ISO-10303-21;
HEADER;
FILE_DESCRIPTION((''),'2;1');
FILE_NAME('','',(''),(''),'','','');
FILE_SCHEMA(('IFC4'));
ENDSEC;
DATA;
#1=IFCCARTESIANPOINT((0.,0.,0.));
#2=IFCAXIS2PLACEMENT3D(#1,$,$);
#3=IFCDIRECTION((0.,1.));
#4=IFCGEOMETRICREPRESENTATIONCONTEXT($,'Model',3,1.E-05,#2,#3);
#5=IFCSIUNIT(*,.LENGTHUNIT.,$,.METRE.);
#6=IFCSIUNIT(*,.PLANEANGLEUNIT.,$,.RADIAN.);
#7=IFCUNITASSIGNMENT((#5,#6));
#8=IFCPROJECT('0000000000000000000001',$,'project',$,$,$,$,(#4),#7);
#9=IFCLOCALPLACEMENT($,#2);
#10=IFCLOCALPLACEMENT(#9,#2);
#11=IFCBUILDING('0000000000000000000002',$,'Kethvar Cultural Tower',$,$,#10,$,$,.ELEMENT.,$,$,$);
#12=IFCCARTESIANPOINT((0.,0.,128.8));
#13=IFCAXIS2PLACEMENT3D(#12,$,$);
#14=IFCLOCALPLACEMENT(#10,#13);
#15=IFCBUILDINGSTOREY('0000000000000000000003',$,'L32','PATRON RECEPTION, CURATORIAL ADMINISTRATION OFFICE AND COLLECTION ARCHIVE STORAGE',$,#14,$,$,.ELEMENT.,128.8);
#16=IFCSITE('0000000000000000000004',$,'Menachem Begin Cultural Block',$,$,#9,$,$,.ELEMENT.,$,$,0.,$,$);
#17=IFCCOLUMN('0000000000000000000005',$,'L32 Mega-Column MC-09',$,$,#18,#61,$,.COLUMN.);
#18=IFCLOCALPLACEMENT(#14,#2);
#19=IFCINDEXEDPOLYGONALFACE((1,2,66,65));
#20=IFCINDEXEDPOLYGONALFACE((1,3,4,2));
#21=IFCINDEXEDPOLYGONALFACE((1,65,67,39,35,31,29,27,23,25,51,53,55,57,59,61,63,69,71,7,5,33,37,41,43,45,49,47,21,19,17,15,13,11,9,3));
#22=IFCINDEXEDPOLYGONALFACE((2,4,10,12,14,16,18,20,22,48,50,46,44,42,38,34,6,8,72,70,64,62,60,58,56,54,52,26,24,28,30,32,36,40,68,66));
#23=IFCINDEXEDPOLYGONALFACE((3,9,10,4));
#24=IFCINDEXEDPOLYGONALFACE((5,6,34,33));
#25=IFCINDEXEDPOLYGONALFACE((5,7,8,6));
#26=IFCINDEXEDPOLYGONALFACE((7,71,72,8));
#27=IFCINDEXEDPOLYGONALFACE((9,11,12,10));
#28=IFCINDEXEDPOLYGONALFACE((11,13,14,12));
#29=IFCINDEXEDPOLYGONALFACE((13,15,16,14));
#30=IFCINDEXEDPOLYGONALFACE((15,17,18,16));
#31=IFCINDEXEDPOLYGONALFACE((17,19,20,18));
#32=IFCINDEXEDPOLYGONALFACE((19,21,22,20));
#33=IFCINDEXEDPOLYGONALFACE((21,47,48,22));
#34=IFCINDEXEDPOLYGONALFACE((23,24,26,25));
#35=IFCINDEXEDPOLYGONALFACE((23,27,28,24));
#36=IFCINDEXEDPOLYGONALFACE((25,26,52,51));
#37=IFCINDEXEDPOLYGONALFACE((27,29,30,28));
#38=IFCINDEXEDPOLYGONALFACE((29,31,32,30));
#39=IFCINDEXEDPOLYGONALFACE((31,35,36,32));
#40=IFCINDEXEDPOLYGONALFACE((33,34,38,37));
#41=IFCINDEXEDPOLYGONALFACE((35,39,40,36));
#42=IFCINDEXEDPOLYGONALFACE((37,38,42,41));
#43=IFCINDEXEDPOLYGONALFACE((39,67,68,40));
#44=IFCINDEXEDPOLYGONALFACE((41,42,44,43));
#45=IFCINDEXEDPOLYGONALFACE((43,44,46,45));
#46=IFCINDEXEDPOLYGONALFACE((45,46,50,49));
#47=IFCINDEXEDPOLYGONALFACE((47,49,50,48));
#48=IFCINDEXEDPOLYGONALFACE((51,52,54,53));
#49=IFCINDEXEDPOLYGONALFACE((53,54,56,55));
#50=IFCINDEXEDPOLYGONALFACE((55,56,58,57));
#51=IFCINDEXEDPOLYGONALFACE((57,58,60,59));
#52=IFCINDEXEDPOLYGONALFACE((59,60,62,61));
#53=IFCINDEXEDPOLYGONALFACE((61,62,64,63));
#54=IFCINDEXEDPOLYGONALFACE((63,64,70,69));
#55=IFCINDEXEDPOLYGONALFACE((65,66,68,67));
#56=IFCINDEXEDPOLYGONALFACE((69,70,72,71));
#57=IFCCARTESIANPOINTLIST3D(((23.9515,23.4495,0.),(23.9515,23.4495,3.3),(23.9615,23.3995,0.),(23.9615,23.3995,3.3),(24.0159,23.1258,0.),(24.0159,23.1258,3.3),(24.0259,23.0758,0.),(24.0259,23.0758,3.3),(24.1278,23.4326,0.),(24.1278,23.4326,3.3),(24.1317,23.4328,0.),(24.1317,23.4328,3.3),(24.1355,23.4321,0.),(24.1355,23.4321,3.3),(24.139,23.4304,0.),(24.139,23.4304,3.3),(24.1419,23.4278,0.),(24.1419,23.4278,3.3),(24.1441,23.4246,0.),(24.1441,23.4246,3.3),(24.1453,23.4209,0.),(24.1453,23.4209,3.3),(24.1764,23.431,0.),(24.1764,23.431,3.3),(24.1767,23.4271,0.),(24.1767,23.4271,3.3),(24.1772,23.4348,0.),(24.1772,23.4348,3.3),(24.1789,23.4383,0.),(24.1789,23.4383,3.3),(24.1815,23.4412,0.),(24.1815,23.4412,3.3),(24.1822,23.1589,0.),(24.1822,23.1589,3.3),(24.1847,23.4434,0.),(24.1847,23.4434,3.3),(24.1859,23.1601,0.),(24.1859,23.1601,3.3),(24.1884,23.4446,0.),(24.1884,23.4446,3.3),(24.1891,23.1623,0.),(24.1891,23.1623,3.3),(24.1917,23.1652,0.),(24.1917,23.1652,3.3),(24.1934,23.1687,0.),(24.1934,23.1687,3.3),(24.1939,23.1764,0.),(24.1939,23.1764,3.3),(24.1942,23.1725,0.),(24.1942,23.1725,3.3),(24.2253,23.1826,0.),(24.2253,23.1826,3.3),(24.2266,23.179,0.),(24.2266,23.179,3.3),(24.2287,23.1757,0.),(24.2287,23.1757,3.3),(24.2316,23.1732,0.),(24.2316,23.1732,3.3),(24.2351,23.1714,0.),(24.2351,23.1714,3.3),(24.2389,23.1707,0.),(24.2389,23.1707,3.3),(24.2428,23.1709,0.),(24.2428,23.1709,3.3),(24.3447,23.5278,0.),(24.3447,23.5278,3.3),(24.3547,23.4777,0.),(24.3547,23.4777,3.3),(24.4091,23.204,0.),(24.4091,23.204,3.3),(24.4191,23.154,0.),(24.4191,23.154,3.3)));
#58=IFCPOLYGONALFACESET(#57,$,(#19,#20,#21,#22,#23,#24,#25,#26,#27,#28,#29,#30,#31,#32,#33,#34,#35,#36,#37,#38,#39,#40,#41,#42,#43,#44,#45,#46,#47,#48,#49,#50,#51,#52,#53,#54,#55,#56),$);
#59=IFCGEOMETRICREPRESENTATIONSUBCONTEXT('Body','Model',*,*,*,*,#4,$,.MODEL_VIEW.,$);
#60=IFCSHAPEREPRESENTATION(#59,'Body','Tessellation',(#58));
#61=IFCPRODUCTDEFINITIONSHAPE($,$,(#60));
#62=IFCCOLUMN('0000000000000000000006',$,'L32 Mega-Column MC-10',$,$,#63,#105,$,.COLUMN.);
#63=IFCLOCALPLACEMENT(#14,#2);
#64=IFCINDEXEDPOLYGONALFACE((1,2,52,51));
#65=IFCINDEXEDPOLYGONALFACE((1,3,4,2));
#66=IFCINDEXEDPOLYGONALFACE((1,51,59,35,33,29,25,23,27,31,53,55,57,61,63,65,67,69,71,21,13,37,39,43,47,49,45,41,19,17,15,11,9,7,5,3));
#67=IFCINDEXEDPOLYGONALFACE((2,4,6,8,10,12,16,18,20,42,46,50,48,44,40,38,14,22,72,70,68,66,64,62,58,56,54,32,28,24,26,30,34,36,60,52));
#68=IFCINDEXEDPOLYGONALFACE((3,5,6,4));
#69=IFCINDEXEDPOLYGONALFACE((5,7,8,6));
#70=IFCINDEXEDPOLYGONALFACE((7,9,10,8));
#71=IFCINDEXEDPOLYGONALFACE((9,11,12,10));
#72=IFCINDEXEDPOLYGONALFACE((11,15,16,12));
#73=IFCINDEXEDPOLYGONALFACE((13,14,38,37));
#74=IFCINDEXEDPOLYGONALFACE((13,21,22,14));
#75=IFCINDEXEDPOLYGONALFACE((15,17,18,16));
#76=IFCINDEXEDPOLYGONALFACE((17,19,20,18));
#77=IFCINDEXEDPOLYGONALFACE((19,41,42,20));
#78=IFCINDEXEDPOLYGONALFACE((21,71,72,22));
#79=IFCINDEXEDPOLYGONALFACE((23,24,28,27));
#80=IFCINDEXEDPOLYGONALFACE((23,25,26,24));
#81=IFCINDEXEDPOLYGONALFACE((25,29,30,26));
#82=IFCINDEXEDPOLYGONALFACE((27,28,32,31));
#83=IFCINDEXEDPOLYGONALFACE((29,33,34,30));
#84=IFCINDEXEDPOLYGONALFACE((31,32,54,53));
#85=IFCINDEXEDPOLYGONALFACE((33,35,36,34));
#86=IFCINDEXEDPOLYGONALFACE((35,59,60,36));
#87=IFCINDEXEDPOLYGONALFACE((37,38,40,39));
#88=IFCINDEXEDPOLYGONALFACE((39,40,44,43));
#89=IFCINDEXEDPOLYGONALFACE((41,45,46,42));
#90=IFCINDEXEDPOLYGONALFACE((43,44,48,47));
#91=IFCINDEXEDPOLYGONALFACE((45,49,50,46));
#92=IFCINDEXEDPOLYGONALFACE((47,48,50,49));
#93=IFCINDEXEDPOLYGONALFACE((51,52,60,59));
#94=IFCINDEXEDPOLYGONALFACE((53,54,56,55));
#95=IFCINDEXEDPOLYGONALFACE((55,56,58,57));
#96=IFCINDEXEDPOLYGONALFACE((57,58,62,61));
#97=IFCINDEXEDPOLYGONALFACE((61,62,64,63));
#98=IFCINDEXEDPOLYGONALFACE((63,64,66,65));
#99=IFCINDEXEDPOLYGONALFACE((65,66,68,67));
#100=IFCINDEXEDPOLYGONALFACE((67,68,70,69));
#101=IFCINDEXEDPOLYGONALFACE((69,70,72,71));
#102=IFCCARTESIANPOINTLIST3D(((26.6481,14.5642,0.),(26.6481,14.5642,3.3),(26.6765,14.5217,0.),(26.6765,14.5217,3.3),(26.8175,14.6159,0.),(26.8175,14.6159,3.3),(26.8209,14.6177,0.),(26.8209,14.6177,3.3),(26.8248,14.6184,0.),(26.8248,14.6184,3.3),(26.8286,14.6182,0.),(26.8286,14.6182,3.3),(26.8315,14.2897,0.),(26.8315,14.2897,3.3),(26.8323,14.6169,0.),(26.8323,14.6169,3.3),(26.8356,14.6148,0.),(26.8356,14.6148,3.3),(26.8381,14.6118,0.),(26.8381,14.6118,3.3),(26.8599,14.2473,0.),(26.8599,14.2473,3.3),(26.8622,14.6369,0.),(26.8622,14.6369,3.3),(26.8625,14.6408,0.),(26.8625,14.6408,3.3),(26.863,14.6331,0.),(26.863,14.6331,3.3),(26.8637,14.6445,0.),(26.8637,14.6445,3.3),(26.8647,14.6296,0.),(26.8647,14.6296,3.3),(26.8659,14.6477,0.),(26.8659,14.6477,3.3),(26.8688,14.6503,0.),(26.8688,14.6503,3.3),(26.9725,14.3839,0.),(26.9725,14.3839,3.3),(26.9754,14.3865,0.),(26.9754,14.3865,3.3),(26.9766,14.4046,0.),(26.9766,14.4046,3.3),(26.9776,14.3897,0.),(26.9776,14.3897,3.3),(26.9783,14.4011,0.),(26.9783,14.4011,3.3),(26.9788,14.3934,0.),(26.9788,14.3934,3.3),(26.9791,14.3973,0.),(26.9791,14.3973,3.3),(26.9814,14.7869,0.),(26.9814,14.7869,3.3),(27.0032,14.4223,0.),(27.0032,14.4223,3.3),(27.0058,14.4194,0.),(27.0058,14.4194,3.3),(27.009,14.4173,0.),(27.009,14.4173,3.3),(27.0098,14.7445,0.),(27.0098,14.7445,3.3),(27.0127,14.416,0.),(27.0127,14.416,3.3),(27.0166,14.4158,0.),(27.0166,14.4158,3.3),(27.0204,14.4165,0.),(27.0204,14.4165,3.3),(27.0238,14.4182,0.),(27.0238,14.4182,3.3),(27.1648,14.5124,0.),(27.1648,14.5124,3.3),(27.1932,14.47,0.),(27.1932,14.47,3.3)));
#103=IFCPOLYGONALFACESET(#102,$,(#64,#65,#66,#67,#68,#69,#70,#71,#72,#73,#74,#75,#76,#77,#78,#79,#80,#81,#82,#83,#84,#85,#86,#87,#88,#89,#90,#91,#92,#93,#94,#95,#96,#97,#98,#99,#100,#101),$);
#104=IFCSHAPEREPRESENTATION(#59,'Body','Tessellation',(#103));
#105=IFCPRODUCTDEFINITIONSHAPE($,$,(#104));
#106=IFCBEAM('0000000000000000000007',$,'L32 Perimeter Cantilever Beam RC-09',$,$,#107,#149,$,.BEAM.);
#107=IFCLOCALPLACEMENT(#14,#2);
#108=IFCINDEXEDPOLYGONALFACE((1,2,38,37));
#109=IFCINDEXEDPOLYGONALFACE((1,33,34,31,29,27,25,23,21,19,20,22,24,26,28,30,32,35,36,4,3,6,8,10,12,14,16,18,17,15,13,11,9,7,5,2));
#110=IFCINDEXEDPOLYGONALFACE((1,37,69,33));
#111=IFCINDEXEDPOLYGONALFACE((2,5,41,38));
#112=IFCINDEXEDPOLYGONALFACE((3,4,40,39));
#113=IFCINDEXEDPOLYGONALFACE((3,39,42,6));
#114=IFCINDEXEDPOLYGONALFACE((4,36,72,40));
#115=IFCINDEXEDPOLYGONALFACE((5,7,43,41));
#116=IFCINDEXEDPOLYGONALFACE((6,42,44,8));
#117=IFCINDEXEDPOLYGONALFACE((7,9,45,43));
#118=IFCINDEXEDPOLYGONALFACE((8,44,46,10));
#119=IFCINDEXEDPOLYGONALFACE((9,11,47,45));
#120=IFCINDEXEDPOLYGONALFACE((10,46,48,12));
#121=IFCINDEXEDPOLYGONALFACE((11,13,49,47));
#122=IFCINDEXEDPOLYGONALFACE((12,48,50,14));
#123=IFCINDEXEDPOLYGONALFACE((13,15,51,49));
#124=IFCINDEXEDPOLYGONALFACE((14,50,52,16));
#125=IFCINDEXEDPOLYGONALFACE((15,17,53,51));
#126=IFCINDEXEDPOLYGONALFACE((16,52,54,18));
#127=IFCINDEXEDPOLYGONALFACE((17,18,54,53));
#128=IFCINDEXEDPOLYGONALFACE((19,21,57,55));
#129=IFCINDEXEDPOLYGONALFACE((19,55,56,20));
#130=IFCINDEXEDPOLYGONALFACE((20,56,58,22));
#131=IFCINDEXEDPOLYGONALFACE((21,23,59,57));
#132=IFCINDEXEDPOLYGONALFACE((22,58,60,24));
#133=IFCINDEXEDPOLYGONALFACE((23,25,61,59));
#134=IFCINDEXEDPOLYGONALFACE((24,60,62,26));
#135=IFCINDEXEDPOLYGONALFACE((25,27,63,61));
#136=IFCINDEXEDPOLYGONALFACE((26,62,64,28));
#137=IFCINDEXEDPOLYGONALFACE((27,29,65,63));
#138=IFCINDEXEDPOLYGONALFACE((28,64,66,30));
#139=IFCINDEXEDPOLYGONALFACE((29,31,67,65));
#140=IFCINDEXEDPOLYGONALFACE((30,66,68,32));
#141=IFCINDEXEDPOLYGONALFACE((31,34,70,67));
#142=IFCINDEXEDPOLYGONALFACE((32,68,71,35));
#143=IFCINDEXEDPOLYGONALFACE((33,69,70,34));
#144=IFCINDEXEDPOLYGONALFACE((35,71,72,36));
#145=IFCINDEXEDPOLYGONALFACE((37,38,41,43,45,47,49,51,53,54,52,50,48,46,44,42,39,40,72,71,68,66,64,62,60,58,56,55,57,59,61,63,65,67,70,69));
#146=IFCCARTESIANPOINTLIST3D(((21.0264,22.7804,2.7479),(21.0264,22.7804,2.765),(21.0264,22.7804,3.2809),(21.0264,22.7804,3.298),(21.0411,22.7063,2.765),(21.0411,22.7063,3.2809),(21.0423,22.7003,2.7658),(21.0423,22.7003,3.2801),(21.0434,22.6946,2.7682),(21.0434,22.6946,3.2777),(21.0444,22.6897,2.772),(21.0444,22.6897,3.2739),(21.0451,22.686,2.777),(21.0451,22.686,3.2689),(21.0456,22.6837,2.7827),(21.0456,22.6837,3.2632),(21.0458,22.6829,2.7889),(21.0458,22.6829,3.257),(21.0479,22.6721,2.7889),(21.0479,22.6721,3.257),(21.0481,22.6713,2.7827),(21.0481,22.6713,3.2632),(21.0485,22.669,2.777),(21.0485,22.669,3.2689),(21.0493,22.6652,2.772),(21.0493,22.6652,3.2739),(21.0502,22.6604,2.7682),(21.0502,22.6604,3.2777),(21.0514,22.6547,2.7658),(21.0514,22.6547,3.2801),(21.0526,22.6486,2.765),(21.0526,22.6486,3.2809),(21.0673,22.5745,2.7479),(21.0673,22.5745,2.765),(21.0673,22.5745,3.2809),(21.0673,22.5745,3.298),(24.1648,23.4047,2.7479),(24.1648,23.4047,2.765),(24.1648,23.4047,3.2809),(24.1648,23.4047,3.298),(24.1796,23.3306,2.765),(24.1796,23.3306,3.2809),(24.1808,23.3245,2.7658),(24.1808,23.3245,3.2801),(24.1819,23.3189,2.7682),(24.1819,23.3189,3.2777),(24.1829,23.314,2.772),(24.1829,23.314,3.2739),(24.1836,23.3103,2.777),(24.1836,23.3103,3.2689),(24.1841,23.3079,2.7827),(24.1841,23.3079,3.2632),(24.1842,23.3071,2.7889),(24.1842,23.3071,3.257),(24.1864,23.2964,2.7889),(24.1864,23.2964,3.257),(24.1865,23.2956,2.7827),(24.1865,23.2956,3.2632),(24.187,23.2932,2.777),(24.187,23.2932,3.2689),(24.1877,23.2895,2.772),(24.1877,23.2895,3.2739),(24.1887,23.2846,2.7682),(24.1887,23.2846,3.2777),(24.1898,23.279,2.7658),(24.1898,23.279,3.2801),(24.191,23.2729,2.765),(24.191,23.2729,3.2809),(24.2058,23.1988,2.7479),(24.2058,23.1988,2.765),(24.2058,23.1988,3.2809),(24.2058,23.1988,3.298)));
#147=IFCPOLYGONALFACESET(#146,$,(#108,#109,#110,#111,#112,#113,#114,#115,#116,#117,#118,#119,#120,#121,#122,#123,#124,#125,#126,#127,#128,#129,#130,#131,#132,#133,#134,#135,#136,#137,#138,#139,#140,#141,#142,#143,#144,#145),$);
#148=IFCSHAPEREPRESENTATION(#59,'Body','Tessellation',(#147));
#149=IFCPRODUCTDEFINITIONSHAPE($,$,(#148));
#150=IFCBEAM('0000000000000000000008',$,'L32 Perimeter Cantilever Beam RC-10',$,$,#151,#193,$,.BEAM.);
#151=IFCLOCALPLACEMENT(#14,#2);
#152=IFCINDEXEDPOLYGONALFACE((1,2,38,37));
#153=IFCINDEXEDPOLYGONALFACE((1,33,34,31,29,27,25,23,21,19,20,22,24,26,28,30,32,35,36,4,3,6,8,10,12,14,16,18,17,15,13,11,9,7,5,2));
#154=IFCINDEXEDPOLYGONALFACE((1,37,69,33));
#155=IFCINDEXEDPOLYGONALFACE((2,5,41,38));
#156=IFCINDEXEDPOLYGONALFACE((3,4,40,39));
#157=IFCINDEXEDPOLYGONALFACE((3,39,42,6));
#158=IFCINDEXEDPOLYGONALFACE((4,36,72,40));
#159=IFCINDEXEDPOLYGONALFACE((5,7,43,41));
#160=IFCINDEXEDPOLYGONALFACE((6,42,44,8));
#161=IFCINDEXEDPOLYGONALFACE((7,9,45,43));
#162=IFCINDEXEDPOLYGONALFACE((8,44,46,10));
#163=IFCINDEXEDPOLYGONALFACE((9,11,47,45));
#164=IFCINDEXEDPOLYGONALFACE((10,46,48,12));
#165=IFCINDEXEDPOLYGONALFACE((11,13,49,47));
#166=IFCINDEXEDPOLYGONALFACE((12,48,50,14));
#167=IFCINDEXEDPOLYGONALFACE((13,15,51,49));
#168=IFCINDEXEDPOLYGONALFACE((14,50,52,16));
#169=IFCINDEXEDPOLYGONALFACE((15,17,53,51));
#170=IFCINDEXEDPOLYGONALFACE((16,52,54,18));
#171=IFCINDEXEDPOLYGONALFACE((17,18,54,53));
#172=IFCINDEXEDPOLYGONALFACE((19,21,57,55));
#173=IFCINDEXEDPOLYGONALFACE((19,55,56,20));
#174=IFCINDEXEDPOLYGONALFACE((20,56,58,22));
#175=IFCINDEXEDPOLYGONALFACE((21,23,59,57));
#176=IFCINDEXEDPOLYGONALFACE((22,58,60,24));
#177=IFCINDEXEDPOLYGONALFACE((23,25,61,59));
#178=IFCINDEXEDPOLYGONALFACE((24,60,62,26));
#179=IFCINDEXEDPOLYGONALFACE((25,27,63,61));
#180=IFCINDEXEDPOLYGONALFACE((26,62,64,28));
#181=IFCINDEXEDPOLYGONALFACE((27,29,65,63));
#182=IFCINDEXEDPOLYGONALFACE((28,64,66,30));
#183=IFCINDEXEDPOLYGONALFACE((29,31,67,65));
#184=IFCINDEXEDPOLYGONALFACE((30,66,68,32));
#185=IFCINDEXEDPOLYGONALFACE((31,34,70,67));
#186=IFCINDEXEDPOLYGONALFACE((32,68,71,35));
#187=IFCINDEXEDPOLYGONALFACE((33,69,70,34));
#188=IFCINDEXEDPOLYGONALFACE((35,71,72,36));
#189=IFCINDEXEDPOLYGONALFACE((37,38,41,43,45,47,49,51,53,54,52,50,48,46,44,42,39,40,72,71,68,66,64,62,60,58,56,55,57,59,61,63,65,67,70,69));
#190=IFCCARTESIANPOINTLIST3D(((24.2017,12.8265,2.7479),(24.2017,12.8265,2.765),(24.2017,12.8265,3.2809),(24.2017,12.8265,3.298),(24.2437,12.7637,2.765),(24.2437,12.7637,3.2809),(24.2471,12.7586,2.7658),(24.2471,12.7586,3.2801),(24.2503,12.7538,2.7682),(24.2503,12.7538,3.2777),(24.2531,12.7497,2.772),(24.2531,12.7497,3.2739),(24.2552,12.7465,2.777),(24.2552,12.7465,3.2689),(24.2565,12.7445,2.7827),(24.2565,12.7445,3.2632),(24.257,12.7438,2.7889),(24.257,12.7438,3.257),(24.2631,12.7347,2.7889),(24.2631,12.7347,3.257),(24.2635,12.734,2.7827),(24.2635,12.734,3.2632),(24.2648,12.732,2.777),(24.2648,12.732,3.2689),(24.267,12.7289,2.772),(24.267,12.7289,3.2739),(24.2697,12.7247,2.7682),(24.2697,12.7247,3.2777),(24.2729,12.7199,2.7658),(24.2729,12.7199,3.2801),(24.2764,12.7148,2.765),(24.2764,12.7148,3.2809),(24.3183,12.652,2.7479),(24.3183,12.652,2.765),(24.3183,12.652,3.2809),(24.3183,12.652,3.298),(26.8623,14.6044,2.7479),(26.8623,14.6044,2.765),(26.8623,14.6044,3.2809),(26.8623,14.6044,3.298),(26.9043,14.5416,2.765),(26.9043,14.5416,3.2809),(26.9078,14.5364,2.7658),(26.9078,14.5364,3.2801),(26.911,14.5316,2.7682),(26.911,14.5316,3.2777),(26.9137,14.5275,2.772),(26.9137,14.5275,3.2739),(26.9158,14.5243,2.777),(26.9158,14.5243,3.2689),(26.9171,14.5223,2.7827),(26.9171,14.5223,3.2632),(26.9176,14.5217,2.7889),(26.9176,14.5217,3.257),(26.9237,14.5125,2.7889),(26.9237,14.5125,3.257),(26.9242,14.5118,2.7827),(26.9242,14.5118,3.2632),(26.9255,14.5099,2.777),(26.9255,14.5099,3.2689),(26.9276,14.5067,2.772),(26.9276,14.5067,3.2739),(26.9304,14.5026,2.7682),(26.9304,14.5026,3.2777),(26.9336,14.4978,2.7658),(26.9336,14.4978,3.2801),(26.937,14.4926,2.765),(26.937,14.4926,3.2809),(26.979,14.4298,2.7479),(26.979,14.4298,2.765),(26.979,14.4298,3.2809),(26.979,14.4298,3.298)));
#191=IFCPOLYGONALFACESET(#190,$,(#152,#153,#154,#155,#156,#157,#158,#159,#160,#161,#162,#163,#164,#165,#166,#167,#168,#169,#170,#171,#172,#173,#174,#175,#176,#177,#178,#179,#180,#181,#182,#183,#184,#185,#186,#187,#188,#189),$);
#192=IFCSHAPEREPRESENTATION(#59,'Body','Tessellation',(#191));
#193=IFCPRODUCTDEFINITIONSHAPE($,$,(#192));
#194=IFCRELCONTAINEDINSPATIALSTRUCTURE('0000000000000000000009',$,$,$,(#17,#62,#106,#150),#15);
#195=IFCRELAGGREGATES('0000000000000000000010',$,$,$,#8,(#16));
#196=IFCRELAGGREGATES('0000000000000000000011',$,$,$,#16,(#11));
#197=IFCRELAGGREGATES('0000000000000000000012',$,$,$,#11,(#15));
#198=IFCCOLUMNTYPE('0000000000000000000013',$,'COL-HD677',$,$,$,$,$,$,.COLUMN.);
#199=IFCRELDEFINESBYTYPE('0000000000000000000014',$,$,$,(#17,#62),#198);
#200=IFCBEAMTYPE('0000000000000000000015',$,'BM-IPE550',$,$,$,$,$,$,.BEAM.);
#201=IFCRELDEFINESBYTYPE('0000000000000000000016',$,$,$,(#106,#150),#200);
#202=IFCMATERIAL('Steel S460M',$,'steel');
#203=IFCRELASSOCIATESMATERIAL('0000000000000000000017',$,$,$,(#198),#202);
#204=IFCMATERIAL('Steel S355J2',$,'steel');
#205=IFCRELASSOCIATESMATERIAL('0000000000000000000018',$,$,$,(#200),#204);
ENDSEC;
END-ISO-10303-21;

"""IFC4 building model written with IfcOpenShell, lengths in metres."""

from ifc_helpers import new_model, si_unit, direction, frame, origin, origin_2d, place, context, subcontext, project, spatial, i_section, extrude, source, transform, mapped, material, material_profile, profile_set, type_object, element, save


model = new_model("IFC4")

# Units and contexts
model_context = context("Model", 3, precision=1e-05, world=origin(), true_north=direction((0.0, 1.0)))
body_context = subcontext(model_context, "Body", "Model", "MODEL_VIEW")
ifc_project = project(units=[si_unit("LENGTHUNIT", "METRE"), si_unit("PLANEANGLEUNIT", "RADIAN")], contexts=[model_context])

# Site, building, storey
site_placement = place(None, origin())
site = spatial("IfcSite", under=ifc_project, at=site_placement, Name="Menachem Begin Cultural Block", CompositionType="ELEMENT", RefElevation=0.0)
building_placement = place(site_placement, origin())
building = spatial("IfcBuilding", under=site, at=building_placement, Name="Kethvar Cultural Tower", CompositionType="ELEMENT")
storey_placement = place(building_placement, frame((0.0, 0.0, 128.8)))
storey = spatial("IfcBuildingStorey", under=building, at=storey_placement, Name="L32", Description="PATRON RECEPTION, CURATORIAL ADMINISTRATION OFFICE AND COLLECTION ARCHIVE STORAGE", CompositionType="ELEMENT", Elevation=128.8)

# Columns
ifc_material_1 = material(Name="Steel S460M", Category="steel")
ifc_material_profile_1 = material_profile(ifc_material_1, i_section(OverallWidth=0.4009, OverallDepth=0.3811, WebThickness=0.032, FlangeThickness=0.051, FilletRadius=0.0149, at=origin_2d()), Name="Steel S460M — HD400x677")
ifc_profile_set_1 = profile_set([ifc_material_profile_1], Name="Steel S460M — HD400x677")
column_type = type_object("IfcColumnType", Name="COL-HD677", PredefinedType="COLUMN", material=ifc_profile_set_1)
shared_shape_1 = source(origin(), body_context, "Body", "SweptSolid", [
    extrude(i_section(OverallWidth=0.4009, OverallDepth=0.3811, WebThickness=0.032, FlangeThickness=0.051, FilletRadius=0.0149, at=origin_2d()), origin(), (0.0, 0.0, 1.0), 3.3),
])
for number, where, z_axis, x_axis, name in (
    (1, (24.1853, 23.3018, 0.0), (0.0, 0.0, 1.0), (-0.980785, -0.19509, 0.0), "L32 Mega-Column MC-09"),
    (2, (26.9207, 14.5171, 0.0), (0.0, 0.0, 1.0), (-0.83147, -0.55557, 0.0), "L32 Mega-Column MC-10"),
):
    element("IfcColumn", number, at=place(storey_placement, frame(where, z_axis=z_axis, x_axis=x_axis)), inside=storey, type_object=column_type, Name=name, PredefinedType="COLUMN", context=body_context, shape_type="MappedRepresentation", body=[
        mapped(shared_shape_1, transform((0.0, 0.0, 0.0), scale=1.0)),
    ])

# Beams
ifc_material_2 = material(Name="Steel S355J2", Category="steel")
ifc_material_profile_2 = material_profile(ifc_material_2, i_section(OverallWidth=0.21, OverallDepth=0.55, WebThickness=0.011, FlangeThickness=0.0171, FilletRadius=0.0239, at=origin_2d()), Name="Steel S355J2 — IPE550")
ifc_profile_set_2 = profile_set([ifc_material_profile_2], Name="Steel S355J2 — IPE550")
beam_type_1 = type_object("IfcBeamType", Name="BM-IPE550", PredefinedType="BEAM", material=ifc_profile_set_2)
shared_shape_2 = source(origin(), body_context, "Body", "SweptSolid", [
    extrude(i_section(OverallWidth=0.21, OverallDepth=0.55, WebThickness=0.011, FlangeThickness=0.0171, FilletRadius=0.0239, at=origin_2d()), origin(), (0.0, 0.0, 1.0), 3.2),
])
for number, where, z_axis, x_axis, name in (
    (3, (24.1853, 23.3018, 3.0229), (-0.980786, -0.195089, 0.0), (0.195089, -0.980786, 0.0), "L32 Perimeter Cantilever Beam RC-09"),
    (4, (26.9207, 14.5171, 3.0229), (-0.831463, -0.55558, 0.0), (0.55558, -0.831463, 0.0), "L32 Perimeter Cantilever Beam RC-10"),
):
    element("IfcBeam", number, at=place(storey_placement, frame(where, z_axis=z_axis, x_axis=x_axis)), inside=storey, type_object=beam_type_1, Name=name, PredefinedType="BEAM", context=body_context, shape_type="MappedRepresentation", body=[
        mapped(shared_shape_2, transform((0.0, 0.0, 0.0), scale=1.0)),
    ])

save(model, "model.ifc")
